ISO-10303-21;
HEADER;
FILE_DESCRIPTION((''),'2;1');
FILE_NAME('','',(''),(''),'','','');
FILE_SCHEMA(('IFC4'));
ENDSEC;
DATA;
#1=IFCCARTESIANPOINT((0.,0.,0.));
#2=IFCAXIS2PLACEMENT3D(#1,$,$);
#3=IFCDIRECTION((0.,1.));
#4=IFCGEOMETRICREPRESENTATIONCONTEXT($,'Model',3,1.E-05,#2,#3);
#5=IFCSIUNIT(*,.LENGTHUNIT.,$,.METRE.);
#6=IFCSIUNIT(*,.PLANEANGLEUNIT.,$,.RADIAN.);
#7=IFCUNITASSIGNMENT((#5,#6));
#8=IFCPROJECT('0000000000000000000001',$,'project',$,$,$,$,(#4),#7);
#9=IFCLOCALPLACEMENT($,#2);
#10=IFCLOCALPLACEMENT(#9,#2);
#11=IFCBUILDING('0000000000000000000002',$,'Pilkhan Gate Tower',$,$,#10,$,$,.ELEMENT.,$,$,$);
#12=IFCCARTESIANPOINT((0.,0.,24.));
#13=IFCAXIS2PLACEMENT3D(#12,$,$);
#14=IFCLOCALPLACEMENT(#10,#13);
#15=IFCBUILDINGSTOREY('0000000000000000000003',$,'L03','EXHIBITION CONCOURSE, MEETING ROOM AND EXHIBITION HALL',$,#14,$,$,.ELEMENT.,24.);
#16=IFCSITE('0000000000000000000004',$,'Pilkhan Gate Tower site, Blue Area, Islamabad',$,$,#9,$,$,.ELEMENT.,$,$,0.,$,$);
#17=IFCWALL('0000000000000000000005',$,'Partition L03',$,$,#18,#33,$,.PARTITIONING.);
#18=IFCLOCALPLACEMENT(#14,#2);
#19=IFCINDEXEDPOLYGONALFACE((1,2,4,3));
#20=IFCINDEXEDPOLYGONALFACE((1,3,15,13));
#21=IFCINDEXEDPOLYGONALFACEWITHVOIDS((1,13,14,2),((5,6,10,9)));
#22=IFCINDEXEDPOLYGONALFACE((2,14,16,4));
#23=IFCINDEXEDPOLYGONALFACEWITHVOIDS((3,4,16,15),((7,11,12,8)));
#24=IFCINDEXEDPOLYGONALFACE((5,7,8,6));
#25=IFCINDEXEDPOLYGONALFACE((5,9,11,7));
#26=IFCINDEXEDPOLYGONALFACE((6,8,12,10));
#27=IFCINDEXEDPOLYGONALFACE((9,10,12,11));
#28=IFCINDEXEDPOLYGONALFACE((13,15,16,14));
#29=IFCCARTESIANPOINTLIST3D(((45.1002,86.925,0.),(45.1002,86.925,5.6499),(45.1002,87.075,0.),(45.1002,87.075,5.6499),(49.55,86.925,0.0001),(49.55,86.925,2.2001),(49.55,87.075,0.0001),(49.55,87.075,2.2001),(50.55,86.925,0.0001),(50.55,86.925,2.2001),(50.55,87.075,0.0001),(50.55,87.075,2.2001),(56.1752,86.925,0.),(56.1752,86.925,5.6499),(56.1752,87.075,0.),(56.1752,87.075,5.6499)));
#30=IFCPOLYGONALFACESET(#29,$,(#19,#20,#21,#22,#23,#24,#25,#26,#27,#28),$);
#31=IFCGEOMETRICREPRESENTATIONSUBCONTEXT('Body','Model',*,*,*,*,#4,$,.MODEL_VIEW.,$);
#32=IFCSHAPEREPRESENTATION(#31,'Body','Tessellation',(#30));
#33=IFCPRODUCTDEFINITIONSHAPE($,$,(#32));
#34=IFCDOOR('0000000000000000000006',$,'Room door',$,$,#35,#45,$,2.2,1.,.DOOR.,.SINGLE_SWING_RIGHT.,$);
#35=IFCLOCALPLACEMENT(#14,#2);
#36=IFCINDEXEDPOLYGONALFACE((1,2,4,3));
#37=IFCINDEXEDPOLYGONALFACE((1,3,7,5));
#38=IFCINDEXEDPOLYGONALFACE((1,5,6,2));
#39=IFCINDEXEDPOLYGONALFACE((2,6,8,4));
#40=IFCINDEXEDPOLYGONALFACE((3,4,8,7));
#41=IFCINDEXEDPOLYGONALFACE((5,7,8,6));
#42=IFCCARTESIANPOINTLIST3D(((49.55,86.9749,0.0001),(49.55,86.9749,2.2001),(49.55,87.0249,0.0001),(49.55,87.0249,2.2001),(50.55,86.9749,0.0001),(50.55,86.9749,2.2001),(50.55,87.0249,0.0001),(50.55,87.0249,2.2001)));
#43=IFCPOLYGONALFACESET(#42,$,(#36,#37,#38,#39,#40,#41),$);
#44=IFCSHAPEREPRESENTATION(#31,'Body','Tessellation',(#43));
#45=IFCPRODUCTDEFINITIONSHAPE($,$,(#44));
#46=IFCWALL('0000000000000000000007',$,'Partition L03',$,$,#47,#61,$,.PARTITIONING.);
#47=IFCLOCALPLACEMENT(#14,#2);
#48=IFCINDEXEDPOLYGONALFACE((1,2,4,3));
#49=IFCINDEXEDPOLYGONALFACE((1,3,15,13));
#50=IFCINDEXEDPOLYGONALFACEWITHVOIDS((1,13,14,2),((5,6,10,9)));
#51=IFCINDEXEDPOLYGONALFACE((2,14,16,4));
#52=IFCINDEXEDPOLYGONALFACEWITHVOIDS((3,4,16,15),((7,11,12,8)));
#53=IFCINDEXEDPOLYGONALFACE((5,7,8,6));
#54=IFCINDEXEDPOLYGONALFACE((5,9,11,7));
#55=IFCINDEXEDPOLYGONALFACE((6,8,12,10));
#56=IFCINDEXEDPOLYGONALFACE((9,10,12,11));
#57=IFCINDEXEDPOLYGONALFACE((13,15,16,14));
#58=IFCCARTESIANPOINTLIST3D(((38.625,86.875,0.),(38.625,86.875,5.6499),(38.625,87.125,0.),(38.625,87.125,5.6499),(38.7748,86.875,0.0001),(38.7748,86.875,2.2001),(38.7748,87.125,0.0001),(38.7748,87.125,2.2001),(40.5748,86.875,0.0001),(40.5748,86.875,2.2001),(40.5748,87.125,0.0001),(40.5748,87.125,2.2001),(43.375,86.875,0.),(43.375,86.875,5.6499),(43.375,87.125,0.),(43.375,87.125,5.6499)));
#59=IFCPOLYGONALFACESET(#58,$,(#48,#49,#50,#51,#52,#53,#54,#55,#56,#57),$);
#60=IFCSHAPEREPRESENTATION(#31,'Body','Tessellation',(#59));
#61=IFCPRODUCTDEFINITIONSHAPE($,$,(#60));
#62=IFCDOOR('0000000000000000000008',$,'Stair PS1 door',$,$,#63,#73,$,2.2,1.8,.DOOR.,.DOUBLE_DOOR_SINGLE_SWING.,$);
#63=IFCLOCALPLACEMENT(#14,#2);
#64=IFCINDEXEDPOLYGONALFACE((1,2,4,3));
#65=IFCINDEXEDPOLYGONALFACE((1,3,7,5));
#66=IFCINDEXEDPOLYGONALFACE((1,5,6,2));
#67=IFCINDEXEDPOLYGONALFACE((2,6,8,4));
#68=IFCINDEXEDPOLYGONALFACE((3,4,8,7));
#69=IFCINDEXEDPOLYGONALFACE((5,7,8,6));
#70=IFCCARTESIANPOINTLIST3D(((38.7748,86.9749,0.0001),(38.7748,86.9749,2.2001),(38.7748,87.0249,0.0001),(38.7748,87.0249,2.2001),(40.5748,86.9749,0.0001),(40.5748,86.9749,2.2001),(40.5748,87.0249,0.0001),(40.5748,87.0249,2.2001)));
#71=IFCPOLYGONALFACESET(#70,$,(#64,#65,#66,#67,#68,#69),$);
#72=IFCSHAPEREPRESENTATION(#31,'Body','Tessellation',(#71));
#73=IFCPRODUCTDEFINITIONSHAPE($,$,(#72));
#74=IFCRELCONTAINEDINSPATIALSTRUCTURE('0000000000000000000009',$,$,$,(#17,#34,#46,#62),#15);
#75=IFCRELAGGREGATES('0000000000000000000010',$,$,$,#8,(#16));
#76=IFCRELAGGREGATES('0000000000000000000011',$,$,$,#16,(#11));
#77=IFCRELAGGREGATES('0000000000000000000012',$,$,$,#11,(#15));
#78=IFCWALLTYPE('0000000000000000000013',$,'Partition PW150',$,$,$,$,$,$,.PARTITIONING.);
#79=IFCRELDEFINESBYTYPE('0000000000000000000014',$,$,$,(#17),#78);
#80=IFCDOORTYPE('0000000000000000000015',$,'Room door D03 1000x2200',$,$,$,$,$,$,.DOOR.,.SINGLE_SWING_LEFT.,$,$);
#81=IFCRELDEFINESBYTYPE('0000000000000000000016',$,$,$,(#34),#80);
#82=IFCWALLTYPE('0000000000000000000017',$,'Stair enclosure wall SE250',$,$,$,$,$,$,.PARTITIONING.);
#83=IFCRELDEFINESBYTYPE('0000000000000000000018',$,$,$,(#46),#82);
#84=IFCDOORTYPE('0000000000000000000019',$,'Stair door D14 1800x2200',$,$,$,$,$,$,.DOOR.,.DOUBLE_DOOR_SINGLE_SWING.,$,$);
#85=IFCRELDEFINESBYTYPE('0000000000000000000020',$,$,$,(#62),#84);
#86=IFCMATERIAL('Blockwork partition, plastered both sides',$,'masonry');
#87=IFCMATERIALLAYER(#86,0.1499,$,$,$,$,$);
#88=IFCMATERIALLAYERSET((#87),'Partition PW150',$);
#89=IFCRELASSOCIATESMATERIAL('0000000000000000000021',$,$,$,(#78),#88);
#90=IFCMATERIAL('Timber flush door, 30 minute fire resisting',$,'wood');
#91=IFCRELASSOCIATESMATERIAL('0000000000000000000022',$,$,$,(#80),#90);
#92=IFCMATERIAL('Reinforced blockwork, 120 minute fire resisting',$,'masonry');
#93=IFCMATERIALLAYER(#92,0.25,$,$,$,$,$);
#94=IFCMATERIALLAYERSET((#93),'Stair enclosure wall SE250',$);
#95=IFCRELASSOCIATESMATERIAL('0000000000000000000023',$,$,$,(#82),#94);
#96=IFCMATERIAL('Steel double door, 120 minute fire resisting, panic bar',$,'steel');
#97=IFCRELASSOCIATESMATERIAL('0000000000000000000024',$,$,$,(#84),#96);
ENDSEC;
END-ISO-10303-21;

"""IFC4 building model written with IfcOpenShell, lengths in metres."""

from ifc_helpers import new_model, si_unit, direction, frame, frame_2d, origin, place, context, subcontext, project, spatial, rectangle, extrude, material, layer, layer_set, type_object, element, fill, save


model = new_model("IFC4")

# Units and contexts
model_context = context("Model", 3, precision=1e-05, world=origin(), true_north=direction((0.0, 1.0)))
body_context = subcontext(model_context, "Body", "Model", "MODEL_VIEW")
ifc_project = project(units=[si_unit("LENGTHUNIT", "METRE"), si_unit("PLANEANGLEUNIT", "RADIAN")], contexts=[model_context])

# Site, building, storey
site_placement = place(None, origin())
site = spatial("IfcSite", under=ifc_project, at=site_placement, Name="Pilkhan Gate Tower site, Blue Area, Islamabad", CompositionType="ELEMENT", RefElevation=0.0)
building_placement = place(site_placement, origin())
building = spatial("IfcBuilding", under=site, at=building_placement, Name="Pilkhan Gate Tower", CompositionType="ELEMENT")
storey_placement = place(building_placement, frame((0.0, 0.0, 24.0)))
storey = spatial("IfcBuildingStorey", under=building, at=storey_placement, Name="L03", Description="EXHIBITION CONCOURSE, MEETING ROOM AND EXHIBITION HALL", CompositionType="ELEMENT", Elevation=24.0)

# Walls, openings, doors
ifc_material_1 = material(Name="Blockwork partition, plastered both sides", Category="masonry")
ifc_layer_1 = layer(ifc_material_1, 0.1499)
ifc_layer_set_1 = layer_set([ifc_layer_1], Name="Partition PW150")
wall_type_1 = type_object("IfcWallType", Name="Partition PW150", PredefinedType="PARTITIONING", material=ifc_layer_set_1)
wall_1_placement = place(storey_placement, frame((45.1001, 87.0, 0.0), z_axis=(0.0, 0.0, 1.0), x_axis=(1.0, 0.0, 0.0)))
wall_1 = element("IfcWall", 1, at=wall_1_placement, inside=storey, type_object=wall_type_1, Name="Partition L03", PredefinedType="PARTITIONING", context=body_context, shape_type="SweptSolid", body=[
    extrude(rectangle(XDim=11.075, YDim=0.1499, at=frame_2d((5.5376, 0.0))), origin(), (0.0, 0.0, 1.0), 5.6499),
])
opening_1_placement = place(wall_1_placement, frame((4.45, 0.0, 0.0)))
opening_1 = element("IfcOpeningElement", 2, at=opening_1_placement, cuts=wall_1, PredefinedType="OPENING", context=body_context, shape_type="SweptSolid", body=[
    extrude(rectangle(XDim=1.0, YDim=2.2, at=frame_2d((0.5, 1.1001))), frame((0.0, 0.085, 0.0), z_axis=(0.0, -1.0, 0.0), x_axis=(1.0, 0.0, 0.0)), (0.0, 0.0, 1.0), 0.1699),
])
ifc_material_2 = material(Name="Timber flush door, 30 minute fire resisting", Category="wood")
door_type_1 = type_object("IfcDoorType", Name="Room door D03 1000x2200", OperationType="SINGLE_SWING_LEFT", PredefinedType="DOOR", material=ifc_material_2)
door_1_placement = place(opening_1_placement, origin())
door_1 = element("IfcDoor", 3, at=door_1_placement, inside=storey, type_object=door_type_1, Name="Room door", OperationType="SINGLE_SWING_RIGHT", OverallHeight=2.2, OverallWidth=1.0, PredefinedType="DOOR", context=body_context, shape_type="SweptSolid", body=[
    extrude(rectangle(XDim=1.0, YDim=2.2, at=frame_2d((0.5, 1.1001))), frame((0.0, 0.0249, 0.0), z_axis=(0.0, -1.0, 0.0), x_axis=(1.0, 0.0, 0.0)), (0.0, 0.0, 1.0), 0.05),
])
fill(opening_1, door_1)
ifc_material_3 = material(Name="Reinforced blockwork, 120 minute fire resisting", Category="masonry")
ifc_layer_2 = layer(ifc_material_3, 0.25)
ifc_layer_set_2 = layer_set([ifc_layer_2], Name="Stair enclosure wall SE250")
wall_type_2 = type_object("IfcWallType", Name="Stair enclosure wall SE250", PredefinedType="PARTITIONING", material=ifc_layer_set_2)
wall_2_placement = place(storey_placement, frame((38.625, 87.0, 0.0), z_axis=(0.0, 0.0, 1.0), x_axis=(1.0, 0.0, 0.0)))
wall_2 = element("IfcWall", 4, at=wall_2_placement, inside=storey, type_object=wall_type_2, Name="Partition L03", PredefinedType="PARTITIONING", context=body_context, shape_type="SweptSolid", body=[
    extrude(rectangle(XDim=4.75, YDim=0.25, at=frame_2d((2.375, 0.0))), origin(), (0.0, 0.0, 1.0), 5.6499),
])
opening_2_placement = place(wall_2_placement, frame((0.1499, 0.0, 0.0)))
opening_2 = element("IfcOpeningElement", 5, at=opening_2_placement, cuts=wall_2, PredefinedType="OPENING", context=body_context, shape_type="SweptSolid", body=[
    extrude(rectangle(XDim=1.8, YDim=2.2, at=frame_2d((0.8999, 1.1001))), frame((0.0, 0.135, 0.0), z_axis=(0.0, -1.0, 0.0), x_axis=(1.0, 0.0, 0.0)), (0.0, 0.0, 1.0), 0.27),
])
ifc_material_4 = material(Name="Steel double door, 120 minute fire resisting, panic bar", Category="steel")
door_type_2 = type_object("IfcDoorType", Name="Stair door D14 1800x2200", OperationType="DOUBLE_DOOR_SINGLE_SWING", PredefinedType="DOOR", material=ifc_material_4)
door_2_placement = place(opening_2_placement, origin())
door_2 = element("IfcDoor", 6, at=door_2_placement, inside=storey, type_object=door_type_2, Name="Stair PS1 door", OperationType="DOUBLE_DOOR_SINGLE_SWING", OverallHeight=2.2, OverallWidth=1.8, PredefinedType="DOOR", context=body_context, shape_type="SweptSolid", body=[
    extrude(rectangle(XDim=1.8, YDim=2.2, at=frame_2d((0.8999, 1.1001))), frame((0.0, 0.0249, 0.0), z_axis=(0.0, -1.0, 0.0), x_axis=(1.0, 0.0, 0.0)), (0.0, 0.0, 1.0), 0.05),
])
fill(opening_2, door_2)

save(model, "model.ifc")
